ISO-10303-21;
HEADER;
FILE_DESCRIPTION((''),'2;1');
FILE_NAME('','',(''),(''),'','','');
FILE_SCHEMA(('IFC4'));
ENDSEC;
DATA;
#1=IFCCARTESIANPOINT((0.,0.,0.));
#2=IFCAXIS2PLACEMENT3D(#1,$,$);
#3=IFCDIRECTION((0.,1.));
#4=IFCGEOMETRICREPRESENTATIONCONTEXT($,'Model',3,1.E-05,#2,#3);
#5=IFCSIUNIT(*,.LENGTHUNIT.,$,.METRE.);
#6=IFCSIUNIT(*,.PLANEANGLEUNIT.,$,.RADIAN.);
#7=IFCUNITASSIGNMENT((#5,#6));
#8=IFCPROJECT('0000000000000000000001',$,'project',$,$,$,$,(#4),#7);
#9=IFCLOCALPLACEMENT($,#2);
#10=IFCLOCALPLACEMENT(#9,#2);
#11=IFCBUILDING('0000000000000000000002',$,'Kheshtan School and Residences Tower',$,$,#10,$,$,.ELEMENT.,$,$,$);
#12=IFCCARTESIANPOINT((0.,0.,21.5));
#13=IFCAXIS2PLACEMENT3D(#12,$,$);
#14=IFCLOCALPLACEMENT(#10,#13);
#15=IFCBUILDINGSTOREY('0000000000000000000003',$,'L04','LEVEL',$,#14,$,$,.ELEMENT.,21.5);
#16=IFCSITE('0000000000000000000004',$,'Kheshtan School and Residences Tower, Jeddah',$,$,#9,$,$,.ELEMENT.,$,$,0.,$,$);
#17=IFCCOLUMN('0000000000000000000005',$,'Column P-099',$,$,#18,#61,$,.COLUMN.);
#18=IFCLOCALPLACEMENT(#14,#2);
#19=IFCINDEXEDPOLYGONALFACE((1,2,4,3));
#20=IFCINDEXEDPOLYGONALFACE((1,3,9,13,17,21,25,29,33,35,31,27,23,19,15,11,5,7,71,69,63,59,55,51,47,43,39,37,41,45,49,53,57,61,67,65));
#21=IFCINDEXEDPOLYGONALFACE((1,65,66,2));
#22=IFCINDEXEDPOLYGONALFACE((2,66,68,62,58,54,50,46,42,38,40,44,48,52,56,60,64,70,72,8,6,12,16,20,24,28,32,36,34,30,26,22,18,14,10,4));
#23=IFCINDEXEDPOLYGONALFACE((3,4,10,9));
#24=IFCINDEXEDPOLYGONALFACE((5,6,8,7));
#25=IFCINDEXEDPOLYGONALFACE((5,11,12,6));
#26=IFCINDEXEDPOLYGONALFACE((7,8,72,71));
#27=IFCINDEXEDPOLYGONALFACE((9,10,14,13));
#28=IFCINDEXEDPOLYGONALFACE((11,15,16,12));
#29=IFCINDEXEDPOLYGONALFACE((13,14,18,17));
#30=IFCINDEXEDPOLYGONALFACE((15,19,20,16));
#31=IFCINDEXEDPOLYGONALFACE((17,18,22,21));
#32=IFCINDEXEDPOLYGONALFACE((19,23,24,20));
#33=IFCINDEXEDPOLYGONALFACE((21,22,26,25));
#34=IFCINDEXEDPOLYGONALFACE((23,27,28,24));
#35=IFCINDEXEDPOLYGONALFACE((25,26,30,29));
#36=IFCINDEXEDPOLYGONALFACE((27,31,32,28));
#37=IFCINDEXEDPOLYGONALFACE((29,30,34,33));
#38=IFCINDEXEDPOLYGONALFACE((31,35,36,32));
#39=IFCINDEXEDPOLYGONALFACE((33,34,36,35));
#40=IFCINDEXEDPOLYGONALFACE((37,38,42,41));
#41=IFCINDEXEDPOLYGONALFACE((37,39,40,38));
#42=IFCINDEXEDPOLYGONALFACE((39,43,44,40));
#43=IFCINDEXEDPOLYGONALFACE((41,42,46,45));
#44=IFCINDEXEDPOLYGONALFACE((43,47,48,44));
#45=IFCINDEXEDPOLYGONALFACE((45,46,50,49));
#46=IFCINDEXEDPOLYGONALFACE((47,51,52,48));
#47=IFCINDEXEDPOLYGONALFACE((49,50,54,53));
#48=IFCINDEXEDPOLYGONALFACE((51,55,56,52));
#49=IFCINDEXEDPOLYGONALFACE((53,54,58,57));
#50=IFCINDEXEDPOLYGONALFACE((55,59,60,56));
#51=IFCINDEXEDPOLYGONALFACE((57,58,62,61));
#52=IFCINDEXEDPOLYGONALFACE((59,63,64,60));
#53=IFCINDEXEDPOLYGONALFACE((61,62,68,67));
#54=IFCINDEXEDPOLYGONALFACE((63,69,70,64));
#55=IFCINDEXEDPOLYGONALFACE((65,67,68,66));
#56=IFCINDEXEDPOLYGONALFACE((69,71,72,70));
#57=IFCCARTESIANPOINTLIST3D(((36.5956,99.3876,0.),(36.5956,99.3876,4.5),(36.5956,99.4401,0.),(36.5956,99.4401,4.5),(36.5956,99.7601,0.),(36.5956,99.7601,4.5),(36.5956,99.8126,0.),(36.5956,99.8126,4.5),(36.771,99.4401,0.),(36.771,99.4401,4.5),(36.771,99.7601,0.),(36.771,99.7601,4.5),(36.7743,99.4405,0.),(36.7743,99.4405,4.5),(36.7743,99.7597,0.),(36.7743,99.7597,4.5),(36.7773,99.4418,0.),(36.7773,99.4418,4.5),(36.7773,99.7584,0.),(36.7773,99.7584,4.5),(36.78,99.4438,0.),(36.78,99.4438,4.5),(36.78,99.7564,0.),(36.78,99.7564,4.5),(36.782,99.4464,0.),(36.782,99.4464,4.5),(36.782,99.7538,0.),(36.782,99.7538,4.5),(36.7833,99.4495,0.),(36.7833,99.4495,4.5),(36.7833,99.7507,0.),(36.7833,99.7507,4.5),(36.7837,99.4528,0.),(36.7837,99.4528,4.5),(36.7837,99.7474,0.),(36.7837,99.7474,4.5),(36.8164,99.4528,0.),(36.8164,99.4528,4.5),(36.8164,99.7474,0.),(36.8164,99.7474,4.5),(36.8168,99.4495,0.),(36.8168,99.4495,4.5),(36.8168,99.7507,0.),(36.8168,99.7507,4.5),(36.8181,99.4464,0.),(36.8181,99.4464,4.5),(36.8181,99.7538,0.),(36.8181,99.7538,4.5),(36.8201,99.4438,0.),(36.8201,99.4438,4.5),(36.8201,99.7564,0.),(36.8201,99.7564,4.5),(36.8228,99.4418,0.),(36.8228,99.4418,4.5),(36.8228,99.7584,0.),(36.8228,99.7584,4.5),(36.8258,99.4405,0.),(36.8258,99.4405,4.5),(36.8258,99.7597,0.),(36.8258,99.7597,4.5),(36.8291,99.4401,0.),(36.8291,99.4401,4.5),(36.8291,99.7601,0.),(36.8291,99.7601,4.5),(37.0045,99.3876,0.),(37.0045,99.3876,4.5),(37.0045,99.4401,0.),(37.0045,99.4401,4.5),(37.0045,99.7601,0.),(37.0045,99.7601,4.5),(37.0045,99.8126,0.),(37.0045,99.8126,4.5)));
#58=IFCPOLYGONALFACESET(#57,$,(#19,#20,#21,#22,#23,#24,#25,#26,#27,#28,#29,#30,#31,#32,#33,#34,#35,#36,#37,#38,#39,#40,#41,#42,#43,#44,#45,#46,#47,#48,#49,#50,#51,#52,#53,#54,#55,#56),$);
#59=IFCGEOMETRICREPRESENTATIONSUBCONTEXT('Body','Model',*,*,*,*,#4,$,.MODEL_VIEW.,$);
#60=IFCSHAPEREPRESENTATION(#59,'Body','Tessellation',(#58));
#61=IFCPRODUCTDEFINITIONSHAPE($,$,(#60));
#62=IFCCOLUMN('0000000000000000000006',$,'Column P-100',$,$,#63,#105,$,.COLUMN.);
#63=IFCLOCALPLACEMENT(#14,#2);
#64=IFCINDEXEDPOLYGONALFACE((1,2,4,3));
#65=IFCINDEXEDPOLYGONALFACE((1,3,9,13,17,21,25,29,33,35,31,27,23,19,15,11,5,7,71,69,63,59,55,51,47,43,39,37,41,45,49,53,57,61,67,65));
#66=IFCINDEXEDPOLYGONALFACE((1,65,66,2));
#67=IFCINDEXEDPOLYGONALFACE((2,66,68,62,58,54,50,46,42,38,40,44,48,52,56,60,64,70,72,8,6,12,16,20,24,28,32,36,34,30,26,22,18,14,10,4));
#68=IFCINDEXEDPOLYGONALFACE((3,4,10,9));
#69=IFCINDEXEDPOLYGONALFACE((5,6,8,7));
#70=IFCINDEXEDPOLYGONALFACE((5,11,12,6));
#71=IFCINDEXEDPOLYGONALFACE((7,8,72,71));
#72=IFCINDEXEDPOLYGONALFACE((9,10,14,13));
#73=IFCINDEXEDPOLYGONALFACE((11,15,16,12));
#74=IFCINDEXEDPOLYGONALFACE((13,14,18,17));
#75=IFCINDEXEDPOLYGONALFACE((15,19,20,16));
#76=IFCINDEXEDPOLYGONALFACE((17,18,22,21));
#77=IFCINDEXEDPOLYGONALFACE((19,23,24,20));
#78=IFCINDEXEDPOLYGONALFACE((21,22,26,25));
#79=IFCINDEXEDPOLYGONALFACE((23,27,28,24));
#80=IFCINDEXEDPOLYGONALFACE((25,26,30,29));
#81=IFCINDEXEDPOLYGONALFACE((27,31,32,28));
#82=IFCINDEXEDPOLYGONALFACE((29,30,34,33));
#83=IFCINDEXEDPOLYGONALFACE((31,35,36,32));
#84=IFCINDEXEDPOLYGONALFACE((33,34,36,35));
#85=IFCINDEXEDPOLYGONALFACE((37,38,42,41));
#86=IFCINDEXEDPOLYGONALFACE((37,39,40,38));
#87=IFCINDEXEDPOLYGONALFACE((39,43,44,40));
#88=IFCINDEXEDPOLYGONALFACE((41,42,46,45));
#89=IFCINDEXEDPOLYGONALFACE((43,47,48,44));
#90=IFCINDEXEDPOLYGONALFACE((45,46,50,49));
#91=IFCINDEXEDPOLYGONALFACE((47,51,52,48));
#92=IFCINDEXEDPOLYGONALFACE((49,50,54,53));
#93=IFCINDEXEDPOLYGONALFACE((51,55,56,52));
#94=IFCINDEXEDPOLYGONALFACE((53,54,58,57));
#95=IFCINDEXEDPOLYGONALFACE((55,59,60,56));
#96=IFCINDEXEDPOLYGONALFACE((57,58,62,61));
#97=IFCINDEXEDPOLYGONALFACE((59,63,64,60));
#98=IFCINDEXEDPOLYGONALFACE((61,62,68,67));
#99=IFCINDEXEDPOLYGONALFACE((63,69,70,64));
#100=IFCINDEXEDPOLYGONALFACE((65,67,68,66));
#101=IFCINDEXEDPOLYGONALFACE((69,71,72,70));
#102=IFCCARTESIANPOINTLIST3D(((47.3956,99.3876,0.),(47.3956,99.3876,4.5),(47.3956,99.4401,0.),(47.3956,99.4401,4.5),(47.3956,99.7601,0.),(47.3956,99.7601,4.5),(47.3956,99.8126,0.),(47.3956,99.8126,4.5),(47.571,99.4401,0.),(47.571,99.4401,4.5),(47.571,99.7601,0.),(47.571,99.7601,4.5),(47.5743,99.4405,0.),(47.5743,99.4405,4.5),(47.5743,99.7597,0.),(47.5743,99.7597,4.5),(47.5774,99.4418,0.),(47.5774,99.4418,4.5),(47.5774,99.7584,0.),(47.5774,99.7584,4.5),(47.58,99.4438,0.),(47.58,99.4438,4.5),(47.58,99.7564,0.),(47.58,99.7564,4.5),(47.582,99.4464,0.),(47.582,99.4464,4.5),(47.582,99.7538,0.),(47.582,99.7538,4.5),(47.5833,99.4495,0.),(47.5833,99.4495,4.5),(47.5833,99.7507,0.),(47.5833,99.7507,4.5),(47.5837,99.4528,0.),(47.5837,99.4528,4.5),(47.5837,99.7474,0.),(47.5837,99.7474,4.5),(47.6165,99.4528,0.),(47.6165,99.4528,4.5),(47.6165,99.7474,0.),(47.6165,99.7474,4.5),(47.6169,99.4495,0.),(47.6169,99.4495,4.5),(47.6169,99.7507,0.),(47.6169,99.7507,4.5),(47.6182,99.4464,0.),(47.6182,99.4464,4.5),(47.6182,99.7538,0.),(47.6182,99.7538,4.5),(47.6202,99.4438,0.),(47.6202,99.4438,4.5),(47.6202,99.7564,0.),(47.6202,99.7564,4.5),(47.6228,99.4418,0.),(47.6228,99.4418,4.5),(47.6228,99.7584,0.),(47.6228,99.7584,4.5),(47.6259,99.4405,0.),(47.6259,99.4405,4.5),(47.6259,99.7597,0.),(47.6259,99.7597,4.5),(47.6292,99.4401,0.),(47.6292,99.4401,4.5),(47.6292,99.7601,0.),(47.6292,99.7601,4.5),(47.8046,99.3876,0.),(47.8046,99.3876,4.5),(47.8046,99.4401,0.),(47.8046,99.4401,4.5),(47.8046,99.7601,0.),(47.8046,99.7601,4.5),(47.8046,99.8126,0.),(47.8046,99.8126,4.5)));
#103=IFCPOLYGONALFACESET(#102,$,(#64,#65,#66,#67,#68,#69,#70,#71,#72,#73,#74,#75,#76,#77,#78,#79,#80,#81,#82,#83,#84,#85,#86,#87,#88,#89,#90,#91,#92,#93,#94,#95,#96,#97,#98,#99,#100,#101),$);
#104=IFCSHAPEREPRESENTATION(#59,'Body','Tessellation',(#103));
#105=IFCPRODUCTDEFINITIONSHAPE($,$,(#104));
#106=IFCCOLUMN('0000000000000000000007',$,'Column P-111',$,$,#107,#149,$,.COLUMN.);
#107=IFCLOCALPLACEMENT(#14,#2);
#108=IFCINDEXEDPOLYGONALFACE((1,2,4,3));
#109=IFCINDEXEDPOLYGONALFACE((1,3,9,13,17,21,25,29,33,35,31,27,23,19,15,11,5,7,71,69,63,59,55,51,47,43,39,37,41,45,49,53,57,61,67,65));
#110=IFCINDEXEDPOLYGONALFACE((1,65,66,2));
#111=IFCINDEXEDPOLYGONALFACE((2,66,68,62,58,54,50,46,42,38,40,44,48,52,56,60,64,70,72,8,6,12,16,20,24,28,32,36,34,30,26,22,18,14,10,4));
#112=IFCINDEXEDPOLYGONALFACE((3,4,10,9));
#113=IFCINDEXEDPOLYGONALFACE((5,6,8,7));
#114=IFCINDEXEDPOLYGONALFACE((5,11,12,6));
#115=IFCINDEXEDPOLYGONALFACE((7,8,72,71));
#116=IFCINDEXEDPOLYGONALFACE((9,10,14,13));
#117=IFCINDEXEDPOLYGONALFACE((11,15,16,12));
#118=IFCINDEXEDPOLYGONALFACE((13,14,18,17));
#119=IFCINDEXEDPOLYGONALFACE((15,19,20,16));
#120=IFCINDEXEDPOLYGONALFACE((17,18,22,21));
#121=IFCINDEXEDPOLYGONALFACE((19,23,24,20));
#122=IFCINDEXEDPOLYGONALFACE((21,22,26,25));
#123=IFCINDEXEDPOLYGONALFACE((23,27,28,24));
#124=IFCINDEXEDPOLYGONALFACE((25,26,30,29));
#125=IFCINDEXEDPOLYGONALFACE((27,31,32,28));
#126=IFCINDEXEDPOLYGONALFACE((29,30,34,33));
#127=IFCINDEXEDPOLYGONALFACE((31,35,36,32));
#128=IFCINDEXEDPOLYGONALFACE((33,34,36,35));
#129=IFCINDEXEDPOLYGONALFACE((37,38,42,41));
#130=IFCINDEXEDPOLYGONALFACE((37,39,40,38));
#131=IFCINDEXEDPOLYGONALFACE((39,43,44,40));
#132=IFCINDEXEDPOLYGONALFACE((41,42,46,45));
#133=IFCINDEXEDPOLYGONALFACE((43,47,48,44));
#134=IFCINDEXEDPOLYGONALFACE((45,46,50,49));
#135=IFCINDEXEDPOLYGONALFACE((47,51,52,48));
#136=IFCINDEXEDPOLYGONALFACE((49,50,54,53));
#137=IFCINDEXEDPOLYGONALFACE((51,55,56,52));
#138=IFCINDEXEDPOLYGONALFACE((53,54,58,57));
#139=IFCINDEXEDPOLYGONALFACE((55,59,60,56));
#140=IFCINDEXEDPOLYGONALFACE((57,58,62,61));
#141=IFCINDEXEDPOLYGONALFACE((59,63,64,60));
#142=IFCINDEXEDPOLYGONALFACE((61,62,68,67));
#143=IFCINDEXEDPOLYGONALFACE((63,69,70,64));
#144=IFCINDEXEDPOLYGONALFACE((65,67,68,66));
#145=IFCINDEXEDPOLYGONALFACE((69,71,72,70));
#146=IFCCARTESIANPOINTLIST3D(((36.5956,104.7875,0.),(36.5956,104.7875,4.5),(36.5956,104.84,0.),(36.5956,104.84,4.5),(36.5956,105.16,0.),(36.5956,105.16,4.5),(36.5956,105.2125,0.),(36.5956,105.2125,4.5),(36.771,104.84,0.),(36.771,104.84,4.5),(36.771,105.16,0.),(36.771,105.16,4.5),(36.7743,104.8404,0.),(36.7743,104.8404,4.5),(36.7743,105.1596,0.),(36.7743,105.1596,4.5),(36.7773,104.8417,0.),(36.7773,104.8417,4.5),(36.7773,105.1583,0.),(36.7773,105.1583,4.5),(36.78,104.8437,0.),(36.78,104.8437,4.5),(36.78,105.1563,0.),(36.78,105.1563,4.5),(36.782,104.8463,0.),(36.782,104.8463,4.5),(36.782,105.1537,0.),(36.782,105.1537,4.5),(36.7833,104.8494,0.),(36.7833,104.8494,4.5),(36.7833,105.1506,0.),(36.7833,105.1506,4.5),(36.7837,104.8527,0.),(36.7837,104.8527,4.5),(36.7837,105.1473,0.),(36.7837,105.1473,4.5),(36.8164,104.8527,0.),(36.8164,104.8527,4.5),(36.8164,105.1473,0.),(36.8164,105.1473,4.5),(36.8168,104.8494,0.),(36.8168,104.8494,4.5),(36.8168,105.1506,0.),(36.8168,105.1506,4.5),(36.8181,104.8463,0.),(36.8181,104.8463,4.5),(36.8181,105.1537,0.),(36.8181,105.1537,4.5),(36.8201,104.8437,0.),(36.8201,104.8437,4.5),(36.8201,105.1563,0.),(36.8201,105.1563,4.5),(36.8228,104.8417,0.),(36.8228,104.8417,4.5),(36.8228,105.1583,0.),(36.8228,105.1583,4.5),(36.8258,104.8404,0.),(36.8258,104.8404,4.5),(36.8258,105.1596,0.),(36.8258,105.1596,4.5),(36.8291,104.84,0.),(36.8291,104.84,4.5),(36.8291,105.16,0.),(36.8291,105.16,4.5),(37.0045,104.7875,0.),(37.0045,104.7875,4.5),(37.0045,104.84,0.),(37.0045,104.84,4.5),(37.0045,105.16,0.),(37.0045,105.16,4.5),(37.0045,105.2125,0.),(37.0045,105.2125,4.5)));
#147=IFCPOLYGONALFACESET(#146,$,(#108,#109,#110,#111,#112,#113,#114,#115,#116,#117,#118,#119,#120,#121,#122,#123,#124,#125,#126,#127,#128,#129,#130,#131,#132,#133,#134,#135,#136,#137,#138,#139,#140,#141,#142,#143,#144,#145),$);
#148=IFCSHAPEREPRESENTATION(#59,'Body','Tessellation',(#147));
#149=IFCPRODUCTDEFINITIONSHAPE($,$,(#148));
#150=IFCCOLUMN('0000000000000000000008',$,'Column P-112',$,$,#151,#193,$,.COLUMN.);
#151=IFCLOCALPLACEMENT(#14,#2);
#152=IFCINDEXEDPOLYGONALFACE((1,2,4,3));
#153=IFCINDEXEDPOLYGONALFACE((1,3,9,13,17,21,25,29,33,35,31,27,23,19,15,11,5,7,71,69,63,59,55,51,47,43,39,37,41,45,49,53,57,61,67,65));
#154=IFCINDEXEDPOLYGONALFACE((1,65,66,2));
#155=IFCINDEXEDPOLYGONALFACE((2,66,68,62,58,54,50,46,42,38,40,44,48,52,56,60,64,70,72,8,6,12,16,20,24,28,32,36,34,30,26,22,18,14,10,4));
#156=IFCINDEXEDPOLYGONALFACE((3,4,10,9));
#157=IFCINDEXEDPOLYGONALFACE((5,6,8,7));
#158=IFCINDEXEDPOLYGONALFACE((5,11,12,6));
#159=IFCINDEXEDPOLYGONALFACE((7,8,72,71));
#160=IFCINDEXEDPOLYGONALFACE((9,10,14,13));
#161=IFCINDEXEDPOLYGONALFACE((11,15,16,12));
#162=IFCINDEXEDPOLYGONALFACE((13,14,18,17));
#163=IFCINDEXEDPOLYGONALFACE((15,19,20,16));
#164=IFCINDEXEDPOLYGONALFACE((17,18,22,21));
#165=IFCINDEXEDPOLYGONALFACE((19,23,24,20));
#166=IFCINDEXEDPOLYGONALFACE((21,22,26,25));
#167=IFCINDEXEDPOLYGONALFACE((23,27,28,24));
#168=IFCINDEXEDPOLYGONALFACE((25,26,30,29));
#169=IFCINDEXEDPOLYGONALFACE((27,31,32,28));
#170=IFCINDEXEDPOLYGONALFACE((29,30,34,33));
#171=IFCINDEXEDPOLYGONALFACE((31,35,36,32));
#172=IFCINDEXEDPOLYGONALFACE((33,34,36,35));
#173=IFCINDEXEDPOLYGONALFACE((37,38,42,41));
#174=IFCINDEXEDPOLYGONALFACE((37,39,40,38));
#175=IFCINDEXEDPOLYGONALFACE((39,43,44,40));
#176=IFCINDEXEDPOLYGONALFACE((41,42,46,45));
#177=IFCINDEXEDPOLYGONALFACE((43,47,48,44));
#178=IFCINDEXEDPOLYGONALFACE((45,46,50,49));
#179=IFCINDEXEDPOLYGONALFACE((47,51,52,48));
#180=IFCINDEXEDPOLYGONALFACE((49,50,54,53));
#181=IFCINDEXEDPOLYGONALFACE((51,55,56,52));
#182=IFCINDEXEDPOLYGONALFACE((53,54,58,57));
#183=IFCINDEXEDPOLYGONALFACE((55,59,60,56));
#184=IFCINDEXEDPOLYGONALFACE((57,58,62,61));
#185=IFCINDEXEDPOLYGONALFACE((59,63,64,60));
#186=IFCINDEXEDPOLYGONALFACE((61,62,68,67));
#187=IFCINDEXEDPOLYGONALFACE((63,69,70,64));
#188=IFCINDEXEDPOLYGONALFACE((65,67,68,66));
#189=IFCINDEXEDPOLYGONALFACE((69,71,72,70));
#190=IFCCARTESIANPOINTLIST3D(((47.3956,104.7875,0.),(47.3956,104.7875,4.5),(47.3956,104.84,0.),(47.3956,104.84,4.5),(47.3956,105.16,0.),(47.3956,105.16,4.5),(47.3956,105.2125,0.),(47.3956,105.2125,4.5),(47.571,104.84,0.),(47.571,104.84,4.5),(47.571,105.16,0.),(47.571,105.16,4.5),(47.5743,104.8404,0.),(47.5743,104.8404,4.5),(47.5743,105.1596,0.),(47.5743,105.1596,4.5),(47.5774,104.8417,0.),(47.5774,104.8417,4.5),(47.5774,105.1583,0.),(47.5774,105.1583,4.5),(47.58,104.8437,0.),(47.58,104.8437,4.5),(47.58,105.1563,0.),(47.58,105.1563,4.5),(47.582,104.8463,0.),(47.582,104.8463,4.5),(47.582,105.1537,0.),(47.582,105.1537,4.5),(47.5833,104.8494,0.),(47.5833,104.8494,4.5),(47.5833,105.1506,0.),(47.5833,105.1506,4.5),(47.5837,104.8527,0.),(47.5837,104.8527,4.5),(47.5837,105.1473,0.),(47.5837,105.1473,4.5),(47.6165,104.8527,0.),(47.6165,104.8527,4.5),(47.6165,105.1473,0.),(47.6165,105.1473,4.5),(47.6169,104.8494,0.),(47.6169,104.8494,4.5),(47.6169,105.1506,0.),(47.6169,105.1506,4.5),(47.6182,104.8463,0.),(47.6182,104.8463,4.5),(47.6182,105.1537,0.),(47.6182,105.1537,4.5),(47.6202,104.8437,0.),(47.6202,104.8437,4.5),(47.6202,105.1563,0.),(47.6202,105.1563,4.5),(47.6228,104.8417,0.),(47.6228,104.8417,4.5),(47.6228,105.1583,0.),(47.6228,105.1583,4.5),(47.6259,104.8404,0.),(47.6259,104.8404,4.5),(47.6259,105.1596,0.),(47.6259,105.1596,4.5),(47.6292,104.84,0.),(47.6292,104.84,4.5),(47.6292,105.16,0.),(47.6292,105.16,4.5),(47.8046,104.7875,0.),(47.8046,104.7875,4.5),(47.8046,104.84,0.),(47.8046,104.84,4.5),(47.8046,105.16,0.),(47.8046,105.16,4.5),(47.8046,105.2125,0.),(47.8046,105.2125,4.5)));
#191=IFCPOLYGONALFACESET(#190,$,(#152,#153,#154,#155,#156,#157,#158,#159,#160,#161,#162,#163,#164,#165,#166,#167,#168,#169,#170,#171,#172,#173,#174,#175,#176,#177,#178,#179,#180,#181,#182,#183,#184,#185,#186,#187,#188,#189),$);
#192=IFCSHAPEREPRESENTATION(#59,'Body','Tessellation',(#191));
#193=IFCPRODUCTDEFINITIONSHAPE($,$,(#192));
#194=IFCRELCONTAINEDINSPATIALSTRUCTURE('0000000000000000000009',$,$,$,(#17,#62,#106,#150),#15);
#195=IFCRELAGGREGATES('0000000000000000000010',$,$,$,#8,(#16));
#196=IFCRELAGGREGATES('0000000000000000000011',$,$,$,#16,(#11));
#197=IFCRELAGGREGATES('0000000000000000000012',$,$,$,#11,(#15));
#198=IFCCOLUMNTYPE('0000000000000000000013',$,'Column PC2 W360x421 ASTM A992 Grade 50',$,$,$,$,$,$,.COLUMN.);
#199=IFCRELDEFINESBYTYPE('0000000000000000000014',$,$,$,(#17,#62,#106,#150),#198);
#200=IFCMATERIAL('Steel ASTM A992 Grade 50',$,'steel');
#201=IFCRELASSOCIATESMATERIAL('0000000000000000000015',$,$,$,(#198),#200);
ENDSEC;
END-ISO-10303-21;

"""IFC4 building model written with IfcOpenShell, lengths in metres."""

from ifc_helpers import new_model, si_unit, direction, frame, origin, origin_2d, place, context, subcontext, project, spatial, i_section, extrude, material, material_profile, profile_set, type_object, element, save


model = new_model("IFC4")

# Units and contexts
model_context = context("Model", 3, precision=1e-05, world=origin(), true_north=direction((0.0, 1.0)))
body_context = subcontext(model_context, "Body", "Model", "MODEL_VIEW")
ifc_project = project(units=[si_unit("LENGTHUNIT", "METRE"), si_unit("PLANEANGLEUNIT", "RADIAN")], contexts=[model_context])

# Site, building, storey
site_placement = place(None, origin())
site = spatial("IfcSite", under=ifc_project, at=site_placement, Name="Kheshtan School and Residences Tower, Jeddah", CompositionType="ELEMENT", RefElevation=0.0)
building_placement = place(site_placement, origin())
building = spatial("IfcBuilding", under=site, at=building_placement, Name="Kheshtan School and Residences Tower", CompositionType="ELEMENT")
storey_placement = place(building_placement, frame((0.0, 0.0, 21.5)))
storey = spatial("IfcBuildingStorey", under=building, at=storey_placement, Name="L04", Description="LEVEL", CompositionType="ELEMENT", Elevation=21.5)

# Columns
ifc_material_1 = material(Name="Steel ASTM A992 Grade 50", Category="steel")
ifc_material_profile_1 = material_profile(ifc_material_1, i_section(OverallWidth=0.4089, OverallDepth=0.425, WebThickness=0.0327, FlangeThickness=0.0525, FilletRadius=0.0127, at=origin_2d()), Name="W360x421")
ifc_profile_set_1 = profile_set([ifc_material_profile_1], Name="Steel ASTM A992 Grade 50")
column_type = type_object("IfcColumnType", Name="Column PC2 W360x421 ASTM A992 Grade 50", PredefinedType="COLUMN", material=ifc_profile_set_1)
for number, where, z_axis, x_axis, name in (
    (1, (36.8, 99.6001, 0.0), (0.0, 0.0, 1.0), (1.0, 0.0, 0.0), "Column P-099"),
    (2, (47.6001, 99.6001, 0.0), (0.0, 0.0, 1.0), (1.0, 0.0, 0.0), "Column P-100"),
    (3, (36.8, 105.0, 0.0), (0.0, 0.0, 1.0), (1.0, 0.0, 0.0), "Column P-111"),
    (4, (47.6001, 105.0, 0.0), (0.0, 0.0, 1.0), (1.0, 0.0, 0.0), "Column P-112"),
):
    element("IfcColumn", number, at=place(storey_placement, frame(where, z_axis=z_axis, x_axis=x_axis)), inside=storey, type_object=column_type, Name=name, PredefinedType="COLUMN", context=body_context, shape_type="SweptSolid", body=[
        extrude(i_section(OverallWidth=0.4089, OverallDepth=0.425, WebThickness=0.0327, FlangeThickness=0.0525, FilletRadius=0.0127, at=origin_2d()), origin(), (0.0, 0.0, 1.0), 4.5),
    ])

save(model, "model.ifc")
